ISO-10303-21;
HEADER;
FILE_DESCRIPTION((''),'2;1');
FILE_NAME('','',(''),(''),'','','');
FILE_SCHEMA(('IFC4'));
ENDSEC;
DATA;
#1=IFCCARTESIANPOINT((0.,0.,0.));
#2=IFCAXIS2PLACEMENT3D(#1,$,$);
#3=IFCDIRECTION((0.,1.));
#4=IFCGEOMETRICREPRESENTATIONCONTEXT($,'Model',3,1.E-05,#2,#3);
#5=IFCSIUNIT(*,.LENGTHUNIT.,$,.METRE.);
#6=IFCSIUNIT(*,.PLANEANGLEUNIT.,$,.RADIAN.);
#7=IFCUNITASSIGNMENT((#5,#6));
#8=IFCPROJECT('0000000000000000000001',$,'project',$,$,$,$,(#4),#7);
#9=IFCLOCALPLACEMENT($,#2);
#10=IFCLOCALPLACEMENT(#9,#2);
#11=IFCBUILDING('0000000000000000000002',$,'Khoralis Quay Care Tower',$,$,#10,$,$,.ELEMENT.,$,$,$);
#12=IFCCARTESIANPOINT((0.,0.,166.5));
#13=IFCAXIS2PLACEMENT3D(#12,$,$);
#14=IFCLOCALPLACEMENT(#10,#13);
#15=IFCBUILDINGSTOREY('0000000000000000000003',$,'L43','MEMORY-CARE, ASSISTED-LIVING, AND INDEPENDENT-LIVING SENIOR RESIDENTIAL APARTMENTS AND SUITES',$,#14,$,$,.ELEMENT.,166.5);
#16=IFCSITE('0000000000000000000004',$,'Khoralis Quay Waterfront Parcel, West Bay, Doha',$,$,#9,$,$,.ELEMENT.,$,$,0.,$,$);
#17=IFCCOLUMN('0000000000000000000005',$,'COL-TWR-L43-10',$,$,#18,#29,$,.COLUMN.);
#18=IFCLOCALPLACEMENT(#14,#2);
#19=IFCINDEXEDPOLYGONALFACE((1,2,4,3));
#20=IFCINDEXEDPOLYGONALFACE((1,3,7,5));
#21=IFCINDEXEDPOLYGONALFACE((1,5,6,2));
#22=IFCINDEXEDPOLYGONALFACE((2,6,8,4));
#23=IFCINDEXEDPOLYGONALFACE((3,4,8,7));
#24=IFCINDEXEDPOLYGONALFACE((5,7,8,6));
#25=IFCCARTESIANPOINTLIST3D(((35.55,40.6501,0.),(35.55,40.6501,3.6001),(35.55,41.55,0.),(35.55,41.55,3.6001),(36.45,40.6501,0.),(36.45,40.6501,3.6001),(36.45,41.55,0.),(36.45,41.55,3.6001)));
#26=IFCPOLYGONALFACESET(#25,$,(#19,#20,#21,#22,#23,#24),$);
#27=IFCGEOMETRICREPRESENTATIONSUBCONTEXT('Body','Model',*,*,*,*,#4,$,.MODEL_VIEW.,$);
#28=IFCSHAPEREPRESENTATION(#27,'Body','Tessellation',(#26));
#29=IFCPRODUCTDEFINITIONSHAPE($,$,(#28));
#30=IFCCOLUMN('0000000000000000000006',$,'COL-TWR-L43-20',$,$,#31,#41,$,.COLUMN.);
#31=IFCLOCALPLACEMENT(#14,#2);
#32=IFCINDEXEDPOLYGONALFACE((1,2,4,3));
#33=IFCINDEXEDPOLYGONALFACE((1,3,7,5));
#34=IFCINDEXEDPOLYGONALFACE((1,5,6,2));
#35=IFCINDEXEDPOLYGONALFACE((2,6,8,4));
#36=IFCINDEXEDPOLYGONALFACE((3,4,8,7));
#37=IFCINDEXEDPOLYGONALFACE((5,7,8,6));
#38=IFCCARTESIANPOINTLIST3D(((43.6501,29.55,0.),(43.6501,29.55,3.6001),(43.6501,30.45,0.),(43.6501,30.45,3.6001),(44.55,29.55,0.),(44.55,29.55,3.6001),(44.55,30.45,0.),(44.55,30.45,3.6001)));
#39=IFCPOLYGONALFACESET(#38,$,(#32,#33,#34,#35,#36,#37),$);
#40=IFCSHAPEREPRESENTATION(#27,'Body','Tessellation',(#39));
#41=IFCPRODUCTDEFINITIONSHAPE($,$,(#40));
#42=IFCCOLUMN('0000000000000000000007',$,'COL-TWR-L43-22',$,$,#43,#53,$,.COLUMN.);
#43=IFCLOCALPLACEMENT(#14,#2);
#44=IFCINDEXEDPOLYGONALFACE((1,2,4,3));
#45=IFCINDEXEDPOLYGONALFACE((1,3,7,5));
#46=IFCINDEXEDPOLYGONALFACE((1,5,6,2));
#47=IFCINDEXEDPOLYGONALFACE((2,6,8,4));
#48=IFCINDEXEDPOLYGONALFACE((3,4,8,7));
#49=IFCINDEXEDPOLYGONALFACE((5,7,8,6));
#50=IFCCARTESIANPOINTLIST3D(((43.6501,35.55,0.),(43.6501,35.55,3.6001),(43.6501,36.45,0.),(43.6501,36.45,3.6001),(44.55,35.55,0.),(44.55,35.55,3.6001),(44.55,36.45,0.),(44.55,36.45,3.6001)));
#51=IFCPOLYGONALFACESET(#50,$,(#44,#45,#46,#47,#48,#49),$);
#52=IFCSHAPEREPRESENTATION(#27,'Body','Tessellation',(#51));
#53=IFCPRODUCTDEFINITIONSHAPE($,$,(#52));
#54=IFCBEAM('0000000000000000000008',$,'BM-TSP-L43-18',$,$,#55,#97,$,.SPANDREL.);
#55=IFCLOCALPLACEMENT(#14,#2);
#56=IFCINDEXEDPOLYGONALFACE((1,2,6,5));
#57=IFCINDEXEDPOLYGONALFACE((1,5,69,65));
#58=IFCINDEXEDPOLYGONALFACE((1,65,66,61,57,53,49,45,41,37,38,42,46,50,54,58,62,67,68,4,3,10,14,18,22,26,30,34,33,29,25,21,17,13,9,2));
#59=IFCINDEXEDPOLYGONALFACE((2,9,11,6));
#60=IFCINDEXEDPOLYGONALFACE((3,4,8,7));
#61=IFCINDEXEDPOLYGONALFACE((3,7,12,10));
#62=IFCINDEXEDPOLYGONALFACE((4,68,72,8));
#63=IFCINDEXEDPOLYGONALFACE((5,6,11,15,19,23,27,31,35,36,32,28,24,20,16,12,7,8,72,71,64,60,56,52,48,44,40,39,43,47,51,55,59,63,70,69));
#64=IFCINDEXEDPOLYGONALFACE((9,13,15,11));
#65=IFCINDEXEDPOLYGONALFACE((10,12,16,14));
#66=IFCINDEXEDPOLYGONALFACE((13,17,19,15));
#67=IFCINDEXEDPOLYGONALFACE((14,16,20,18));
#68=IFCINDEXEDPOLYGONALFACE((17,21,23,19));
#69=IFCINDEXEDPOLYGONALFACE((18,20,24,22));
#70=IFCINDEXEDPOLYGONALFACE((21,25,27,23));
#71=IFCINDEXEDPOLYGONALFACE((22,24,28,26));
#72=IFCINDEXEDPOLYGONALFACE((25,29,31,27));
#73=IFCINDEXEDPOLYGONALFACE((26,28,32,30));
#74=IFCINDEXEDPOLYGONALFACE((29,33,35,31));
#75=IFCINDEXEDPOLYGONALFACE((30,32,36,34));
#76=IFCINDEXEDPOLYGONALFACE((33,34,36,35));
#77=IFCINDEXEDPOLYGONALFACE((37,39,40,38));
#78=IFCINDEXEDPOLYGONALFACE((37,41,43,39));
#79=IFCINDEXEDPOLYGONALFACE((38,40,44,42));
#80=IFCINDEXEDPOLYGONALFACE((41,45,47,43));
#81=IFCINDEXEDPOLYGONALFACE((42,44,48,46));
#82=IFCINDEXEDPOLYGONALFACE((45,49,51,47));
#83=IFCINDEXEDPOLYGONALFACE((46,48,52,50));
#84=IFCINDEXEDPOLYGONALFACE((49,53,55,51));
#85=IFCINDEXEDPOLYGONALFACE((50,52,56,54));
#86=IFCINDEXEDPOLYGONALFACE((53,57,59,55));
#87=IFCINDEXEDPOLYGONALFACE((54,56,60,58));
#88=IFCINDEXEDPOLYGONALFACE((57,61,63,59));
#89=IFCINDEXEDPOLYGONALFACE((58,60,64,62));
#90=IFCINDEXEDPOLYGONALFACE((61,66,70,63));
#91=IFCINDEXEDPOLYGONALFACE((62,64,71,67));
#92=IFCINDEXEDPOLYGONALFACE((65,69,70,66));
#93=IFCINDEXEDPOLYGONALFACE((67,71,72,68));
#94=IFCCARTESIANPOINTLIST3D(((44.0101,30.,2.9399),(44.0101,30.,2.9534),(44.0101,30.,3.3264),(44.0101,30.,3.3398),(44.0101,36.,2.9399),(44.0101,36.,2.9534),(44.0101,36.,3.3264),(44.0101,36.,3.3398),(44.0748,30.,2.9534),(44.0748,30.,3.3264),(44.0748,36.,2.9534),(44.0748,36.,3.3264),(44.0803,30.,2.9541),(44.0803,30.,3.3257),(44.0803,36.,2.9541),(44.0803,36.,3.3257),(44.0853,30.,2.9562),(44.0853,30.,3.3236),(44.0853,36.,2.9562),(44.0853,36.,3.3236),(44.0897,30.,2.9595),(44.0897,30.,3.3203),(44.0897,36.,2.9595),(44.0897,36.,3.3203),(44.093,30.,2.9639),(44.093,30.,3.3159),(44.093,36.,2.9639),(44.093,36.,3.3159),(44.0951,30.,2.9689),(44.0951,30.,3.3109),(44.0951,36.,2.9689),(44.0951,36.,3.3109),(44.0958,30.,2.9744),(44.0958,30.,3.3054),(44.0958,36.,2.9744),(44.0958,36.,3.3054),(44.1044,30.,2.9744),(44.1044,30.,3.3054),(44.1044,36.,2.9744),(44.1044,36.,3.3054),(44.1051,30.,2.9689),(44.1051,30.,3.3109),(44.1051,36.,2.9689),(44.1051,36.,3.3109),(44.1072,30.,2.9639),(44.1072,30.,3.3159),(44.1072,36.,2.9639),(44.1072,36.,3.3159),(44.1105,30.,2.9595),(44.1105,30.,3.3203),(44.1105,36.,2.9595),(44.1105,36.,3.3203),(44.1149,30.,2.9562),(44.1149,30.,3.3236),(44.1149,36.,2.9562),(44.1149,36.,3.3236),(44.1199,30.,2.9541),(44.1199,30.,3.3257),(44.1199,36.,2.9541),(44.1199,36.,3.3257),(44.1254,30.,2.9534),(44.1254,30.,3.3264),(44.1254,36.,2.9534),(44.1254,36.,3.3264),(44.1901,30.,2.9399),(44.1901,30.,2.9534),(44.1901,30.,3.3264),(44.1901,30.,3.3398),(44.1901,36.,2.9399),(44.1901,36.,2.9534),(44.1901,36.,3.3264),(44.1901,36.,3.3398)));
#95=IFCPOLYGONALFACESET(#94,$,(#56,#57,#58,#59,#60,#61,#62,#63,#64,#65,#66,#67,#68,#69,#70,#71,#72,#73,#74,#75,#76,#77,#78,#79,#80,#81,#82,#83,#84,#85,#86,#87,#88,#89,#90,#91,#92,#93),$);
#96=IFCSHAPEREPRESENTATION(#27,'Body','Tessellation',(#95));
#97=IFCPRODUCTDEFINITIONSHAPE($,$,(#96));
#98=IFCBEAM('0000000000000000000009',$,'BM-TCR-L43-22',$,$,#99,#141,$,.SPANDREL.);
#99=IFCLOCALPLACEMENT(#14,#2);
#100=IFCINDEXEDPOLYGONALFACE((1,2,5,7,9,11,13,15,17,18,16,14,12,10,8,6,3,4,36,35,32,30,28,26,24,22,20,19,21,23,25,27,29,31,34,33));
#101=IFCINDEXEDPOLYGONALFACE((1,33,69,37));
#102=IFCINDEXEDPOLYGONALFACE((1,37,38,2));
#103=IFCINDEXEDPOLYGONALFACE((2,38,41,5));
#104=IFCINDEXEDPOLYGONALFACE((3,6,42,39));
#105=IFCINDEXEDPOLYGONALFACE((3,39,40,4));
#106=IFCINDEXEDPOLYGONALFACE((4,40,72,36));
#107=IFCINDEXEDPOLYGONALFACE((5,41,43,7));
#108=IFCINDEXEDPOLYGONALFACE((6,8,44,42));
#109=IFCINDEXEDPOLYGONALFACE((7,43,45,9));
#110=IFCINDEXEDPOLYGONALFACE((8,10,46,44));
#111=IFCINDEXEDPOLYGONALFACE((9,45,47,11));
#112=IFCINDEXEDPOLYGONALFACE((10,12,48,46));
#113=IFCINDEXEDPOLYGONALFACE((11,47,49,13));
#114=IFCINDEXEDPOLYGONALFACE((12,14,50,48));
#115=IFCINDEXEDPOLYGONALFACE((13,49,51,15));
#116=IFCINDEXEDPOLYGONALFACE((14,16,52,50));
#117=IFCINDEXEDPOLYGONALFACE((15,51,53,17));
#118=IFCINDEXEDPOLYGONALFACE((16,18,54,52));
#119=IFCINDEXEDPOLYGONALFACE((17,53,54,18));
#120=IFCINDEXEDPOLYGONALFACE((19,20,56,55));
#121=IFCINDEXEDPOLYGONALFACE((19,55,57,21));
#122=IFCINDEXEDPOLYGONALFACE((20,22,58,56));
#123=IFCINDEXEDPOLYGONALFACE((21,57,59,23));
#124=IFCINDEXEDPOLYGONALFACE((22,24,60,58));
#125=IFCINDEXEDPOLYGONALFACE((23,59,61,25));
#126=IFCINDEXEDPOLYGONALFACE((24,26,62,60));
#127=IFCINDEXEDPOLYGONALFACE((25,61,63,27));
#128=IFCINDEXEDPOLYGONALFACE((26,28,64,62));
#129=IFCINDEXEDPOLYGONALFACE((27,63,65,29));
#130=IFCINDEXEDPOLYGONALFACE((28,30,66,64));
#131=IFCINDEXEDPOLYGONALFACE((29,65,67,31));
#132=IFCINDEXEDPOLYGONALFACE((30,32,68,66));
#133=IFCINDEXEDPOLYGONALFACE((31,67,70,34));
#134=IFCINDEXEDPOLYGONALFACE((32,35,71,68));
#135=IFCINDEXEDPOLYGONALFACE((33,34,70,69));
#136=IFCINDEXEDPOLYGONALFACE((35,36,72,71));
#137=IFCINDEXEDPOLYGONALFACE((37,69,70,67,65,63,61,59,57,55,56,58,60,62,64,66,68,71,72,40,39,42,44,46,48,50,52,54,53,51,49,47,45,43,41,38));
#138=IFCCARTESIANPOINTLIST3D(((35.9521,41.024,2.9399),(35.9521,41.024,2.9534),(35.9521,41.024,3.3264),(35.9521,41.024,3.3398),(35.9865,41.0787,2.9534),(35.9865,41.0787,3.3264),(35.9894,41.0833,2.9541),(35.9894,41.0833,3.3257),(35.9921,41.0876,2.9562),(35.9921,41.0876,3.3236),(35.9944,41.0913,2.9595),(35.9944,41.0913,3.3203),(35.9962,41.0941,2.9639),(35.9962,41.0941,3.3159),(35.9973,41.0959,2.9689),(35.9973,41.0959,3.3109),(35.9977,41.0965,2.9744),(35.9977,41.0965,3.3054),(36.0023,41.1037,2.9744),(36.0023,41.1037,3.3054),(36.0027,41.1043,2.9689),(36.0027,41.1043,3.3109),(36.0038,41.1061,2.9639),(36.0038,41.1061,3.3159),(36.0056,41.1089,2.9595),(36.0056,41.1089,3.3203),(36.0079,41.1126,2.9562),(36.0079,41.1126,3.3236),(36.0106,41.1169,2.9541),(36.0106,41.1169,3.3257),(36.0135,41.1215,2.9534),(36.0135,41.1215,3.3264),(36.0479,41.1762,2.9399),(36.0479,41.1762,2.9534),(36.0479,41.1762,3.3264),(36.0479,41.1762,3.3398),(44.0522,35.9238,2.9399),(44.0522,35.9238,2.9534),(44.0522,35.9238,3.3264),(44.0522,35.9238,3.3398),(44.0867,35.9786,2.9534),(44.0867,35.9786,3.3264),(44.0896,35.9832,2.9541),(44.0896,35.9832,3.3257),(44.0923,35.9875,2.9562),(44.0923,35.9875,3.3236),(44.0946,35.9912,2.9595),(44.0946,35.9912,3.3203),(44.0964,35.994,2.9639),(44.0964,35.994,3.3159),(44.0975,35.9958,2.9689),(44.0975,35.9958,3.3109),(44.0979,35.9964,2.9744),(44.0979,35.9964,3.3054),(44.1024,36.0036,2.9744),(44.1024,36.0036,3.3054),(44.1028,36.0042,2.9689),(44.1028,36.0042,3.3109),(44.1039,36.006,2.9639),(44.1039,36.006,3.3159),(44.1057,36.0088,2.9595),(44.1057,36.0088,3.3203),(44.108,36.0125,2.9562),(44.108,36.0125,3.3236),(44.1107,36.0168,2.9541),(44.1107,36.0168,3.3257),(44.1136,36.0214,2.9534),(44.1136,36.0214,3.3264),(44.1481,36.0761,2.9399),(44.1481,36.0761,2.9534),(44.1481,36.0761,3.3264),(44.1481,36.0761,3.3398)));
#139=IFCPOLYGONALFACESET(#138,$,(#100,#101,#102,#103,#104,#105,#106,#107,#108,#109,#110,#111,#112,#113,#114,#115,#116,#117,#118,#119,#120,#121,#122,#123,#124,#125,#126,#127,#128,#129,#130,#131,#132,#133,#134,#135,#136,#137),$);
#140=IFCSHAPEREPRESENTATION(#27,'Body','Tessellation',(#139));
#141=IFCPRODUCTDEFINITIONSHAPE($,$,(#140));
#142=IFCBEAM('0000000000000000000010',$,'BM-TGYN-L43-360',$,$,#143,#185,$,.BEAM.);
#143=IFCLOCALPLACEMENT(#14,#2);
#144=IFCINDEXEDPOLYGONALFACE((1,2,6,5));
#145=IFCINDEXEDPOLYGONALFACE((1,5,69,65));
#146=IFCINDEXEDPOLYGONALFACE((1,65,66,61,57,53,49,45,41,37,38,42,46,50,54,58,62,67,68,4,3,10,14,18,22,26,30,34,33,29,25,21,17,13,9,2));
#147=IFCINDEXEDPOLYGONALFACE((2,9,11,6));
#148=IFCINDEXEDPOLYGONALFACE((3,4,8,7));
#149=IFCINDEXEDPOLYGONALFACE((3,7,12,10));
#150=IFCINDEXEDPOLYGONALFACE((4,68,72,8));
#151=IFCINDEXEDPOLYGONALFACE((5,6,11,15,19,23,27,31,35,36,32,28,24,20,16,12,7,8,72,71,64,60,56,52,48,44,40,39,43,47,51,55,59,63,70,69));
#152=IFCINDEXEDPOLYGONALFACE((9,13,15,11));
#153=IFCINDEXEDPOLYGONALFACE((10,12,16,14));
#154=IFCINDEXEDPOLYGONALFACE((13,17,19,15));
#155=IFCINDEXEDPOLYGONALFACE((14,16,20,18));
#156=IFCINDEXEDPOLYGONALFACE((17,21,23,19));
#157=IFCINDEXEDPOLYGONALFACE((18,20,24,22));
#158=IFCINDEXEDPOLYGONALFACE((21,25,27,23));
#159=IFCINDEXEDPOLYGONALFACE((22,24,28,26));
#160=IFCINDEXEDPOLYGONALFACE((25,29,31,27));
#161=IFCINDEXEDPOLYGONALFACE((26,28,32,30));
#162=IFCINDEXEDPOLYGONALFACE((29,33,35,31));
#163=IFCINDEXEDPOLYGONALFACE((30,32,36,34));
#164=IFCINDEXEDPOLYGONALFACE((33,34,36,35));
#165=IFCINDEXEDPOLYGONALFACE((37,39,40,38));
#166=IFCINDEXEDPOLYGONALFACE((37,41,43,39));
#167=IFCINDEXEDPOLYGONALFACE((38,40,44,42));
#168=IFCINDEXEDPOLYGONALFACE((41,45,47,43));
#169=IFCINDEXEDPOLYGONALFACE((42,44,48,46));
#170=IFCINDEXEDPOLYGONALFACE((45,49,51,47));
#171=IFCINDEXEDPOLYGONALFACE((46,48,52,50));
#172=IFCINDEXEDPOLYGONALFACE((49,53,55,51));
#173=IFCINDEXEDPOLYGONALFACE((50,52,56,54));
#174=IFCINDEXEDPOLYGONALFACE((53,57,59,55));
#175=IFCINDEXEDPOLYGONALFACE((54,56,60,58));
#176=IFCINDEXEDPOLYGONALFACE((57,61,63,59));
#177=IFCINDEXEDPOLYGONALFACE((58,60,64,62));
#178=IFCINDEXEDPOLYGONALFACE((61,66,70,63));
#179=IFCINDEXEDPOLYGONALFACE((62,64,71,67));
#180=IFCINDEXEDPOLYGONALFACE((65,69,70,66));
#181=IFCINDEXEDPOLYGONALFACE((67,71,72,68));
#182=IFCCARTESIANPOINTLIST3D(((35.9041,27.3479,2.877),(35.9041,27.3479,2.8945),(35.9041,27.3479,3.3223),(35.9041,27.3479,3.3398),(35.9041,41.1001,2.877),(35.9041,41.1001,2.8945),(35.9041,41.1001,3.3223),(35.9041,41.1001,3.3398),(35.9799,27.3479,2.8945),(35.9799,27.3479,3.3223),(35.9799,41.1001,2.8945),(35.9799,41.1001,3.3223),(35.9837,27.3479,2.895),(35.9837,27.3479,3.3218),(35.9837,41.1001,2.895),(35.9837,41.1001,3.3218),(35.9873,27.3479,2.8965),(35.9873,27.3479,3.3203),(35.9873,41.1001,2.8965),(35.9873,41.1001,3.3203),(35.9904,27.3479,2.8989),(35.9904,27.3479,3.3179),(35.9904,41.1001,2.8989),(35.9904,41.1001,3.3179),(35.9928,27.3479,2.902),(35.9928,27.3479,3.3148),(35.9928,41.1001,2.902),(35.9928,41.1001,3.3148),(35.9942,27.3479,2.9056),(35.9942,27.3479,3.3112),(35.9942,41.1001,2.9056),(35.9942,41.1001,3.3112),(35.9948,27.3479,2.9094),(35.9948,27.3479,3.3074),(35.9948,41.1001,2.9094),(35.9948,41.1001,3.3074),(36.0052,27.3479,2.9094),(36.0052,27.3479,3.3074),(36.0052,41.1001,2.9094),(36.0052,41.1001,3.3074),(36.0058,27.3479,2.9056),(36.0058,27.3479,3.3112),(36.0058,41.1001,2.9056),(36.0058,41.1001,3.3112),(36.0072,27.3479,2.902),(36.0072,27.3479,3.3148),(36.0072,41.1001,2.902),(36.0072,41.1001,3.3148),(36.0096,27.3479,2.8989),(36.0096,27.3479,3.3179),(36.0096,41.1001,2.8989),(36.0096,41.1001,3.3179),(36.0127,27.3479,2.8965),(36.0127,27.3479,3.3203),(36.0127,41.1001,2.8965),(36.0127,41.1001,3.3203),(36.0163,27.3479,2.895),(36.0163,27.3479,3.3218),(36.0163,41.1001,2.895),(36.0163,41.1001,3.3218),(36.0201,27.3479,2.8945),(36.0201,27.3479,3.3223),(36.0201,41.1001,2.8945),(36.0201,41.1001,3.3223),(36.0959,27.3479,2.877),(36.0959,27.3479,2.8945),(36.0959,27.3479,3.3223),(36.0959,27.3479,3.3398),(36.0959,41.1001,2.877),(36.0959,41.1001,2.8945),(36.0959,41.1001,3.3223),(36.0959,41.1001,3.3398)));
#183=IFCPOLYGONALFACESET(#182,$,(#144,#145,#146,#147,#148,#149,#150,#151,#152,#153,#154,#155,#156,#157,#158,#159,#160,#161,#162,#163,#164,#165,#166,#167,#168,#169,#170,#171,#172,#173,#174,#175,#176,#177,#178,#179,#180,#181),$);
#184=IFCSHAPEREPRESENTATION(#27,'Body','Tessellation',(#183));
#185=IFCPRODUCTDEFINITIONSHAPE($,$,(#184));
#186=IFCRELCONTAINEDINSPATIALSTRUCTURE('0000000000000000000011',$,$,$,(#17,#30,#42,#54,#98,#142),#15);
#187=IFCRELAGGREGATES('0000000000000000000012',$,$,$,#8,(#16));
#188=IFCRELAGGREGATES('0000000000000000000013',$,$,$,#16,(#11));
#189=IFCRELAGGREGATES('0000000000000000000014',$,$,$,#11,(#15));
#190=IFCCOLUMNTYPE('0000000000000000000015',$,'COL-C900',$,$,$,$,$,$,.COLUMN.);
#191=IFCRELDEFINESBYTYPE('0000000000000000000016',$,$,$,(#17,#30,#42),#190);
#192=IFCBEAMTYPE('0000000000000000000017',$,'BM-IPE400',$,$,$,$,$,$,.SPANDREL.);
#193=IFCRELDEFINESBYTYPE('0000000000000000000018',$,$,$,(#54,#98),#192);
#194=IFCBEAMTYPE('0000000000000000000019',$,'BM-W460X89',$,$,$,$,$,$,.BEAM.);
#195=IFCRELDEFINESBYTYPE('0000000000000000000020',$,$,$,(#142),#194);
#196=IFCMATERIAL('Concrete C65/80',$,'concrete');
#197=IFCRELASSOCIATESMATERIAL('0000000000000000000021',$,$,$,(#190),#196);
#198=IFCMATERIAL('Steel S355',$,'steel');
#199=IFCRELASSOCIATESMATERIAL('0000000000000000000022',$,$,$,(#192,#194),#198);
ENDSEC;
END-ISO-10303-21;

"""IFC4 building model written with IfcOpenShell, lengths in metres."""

from ifc_helpers import new_model, si_unit, direction, frame, origin, origin_2d, place, context, subcontext, project, spatial, rectangle, i_section, extrude, source, transform, mapped, material, material_profile, profile_set, type_object, element, save


model = new_model("IFC4")

# Units and contexts
model_context = context("Model", 3, precision=1e-05, world=origin(), true_north=direction((0.0, 1.0)))
body_context = subcontext(model_context, "Body", "Model", "MODEL_VIEW")
ifc_project = project(units=[si_unit("LENGTHUNIT", "METRE"), si_unit("PLANEANGLEUNIT", "RADIAN")], contexts=[model_context])

# Site, building, storey
site_placement = place(None, origin())
site = spatial("IfcSite", under=ifc_project, at=site_placement, Name="Khoralis Quay Waterfront Parcel, West Bay, Doha", CompositionType="ELEMENT", RefElevation=0.0)
building_placement = place(site_placement, origin())
building = spatial("IfcBuilding", under=site, at=building_placement, Name="Khoralis Quay Care Tower", CompositionType="ELEMENT")
storey_placement = place(building_placement, frame((0.0, 0.0, 166.5)))
storey = spatial("IfcBuildingStorey", under=building, at=storey_placement, Name="L43", Description="MEMORY-CARE, ASSISTED-LIVING, AND INDEPENDENT-LIVING SENIOR RESIDENTIAL APARTMENTS AND SUITES", CompositionType="ELEMENT", Elevation=166.5)

# Columns
ifc_material_1 = material(Name="Concrete C65/80", Category="concrete")
ifc_material_profile_1 = material_profile(ifc_material_1, rectangle(XDim=0.8999, YDim=0.8999, at=origin_2d()), Name="Concrete C65/80")
ifc_profile_set_1 = profile_set([ifc_material_profile_1], Name="Concrete C65/80")
column_type = type_object("IfcColumnType", Name="COL-C900", PredefinedType="COLUMN", material=ifc_profile_set_1)
shared_shape_1 = source(origin(), body_context, "Body", "SweptSolid", [
    extrude(rectangle(XDim=0.8999, YDim=0.8999, at=origin_2d()), origin(), (0.0, 0.0, 1.0), 3.6001),
])
for number, where, z_axis, x_axis, name in (
    (1, (36.0, 41.1001, 0.0), (0.0, 0.0, 1.0), (1.0, 0.0, 0.0), "COL-TWR-L43-10"),
    (2, (44.1001, 30.0, 0.0), (0.0, 0.0, 1.0), (1.0, 0.0, 0.0), "COL-TWR-L43-20"),
    (3, (44.1001, 36.0, 0.0), (0.0, 0.0, 1.0), (1.0, 0.0, 0.0), "COL-TWR-L43-22"),
):
    element("IfcColumn", number, at=place(storey_placement, frame(where, z_axis=z_axis, x_axis=x_axis)), inside=storey, type_object=column_type, Name=name, PredefinedType="COLUMN", context=body_context, shape_type="MappedRepresentation", body=[
        mapped(shared_shape_1, transform((0.0, 0.0, 0.0), scale=1.0)),
    ])

# Beams
ifc_material_2 = material(Name="Steel S355", Category="steel")
ifc_material_profile_2 = material_profile(ifc_material_2, i_section(OverallWidth=0.1799, OverallDepth=0.3999, WebThickness=0.0085, FlangeThickness=0.0134, FilletRadius=0.021, at=origin_2d()), Name="Steel S355")
ifc_profile_set_2 = profile_set([ifc_material_profile_2], Name="Steel S355")
beam_type_1 = type_object("IfcBeamType", Name="BM-IPE400", PredefinedType="SPANDREL", material=ifc_profile_set_2)
shared_shape_2 = source(origin(), body_context, "Body", "SweptSolid", [
    extrude(i_section(OverallWidth=0.1799, OverallDepth=0.3999, WebThickness=0.0085, FlangeThickness=0.0134, FilletRadius=0.021, at=origin_2d()), origin(), (0.0, 0.0, 1.0), 6.0),
])
beam_1_placement = place(storey_placement, frame((44.1001, 30.0, 3.1399), z_axis=(0.0, 1.0, 0.0), x_axis=(-1.0, 0.0, 0.0)))
element("IfcBeam", 4, at=beam_1_placement, inside=storey, type_object=beam_type_1, Name="BM-TSP-L43-18", PredefinedType="SPANDREL", context=body_context, shape_type="MappedRepresentation", body=[
    mapped(shared_shape_2, transform((0.0, 0.0, 0.0), scale=1.0)),
])
shared_shape_3 = source(origin(), body_context, "Body", "SweptSolid", [
    extrude(i_section(OverallWidth=0.1799, OverallDepth=0.3999, WebThickness=0.0085, FlangeThickness=0.0134, FilletRadius=0.021, at=origin_2d()), origin(), (0.0, 0.0, 1.0), 9.572),
])
beam_2_placement = place(storey_placement, frame((36.0, 41.1001, 3.1399), z_axis=(0.846231, -0.532816, 0.0), x_axis=(0.532816, 0.846231, 0.0)))
element("IfcBeam", 5, at=beam_2_placement, inside=storey, type_object=beam_type_1, Name="BM-TCR-L43-22", PredefinedType="SPANDREL", context=body_context, shape_type="MappedRepresentation", body=[
    mapped(shared_shape_3, transform((0.0, 0.0, 0.0), scale=1.0)),
])
ifc_material_profile_3 = material_profile(ifc_material_2, i_section(OverallWidth=0.1919, OverallDepth=0.4629, WebThickness=0.0105, FlangeThickness=0.0176, FilletRadius=0.0149, at=origin_2d()), Name="Steel S355")
ifc_profile_set_3 = profile_set([ifc_material_profile_3], Name="Steel S355")
beam_type_2 = type_object("IfcBeamType", Name="BM-W460X89", PredefinedType="BEAM", material=ifc_profile_set_3)
shared_shape_4 = source(origin(), body_context, "Body", "SweptSolid", [
    extrude(i_section(OverallWidth=0.1919, OverallDepth=0.4629, WebThickness=0.0105, FlangeThickness=0.0176, FilletRadius=0.0149, at=origin_2d()), origin(), (0.0, 0.0, 1.0), 13.7522),
])
beam_3_placement = place(storey_placement, frame((36.0, 27.3479, 3.1084), z_axis=(0.0, 1.0, 0.0), x_axis=(-1.0, 0.0, 0.0)))
element("IfcBeam", 6, at=beam_3_placement, inside=storey, type_object=beam_type_2, Name="BM-TGYN-L43-360", PredefinedType="BEAM", context=body_context, shape_type="MappedRepresentation", body=[
    mapped(shared_shape_4, transform((0.0, 0.0, 0.0), scale=1.0)),
])

save(model, "model.ifc")
